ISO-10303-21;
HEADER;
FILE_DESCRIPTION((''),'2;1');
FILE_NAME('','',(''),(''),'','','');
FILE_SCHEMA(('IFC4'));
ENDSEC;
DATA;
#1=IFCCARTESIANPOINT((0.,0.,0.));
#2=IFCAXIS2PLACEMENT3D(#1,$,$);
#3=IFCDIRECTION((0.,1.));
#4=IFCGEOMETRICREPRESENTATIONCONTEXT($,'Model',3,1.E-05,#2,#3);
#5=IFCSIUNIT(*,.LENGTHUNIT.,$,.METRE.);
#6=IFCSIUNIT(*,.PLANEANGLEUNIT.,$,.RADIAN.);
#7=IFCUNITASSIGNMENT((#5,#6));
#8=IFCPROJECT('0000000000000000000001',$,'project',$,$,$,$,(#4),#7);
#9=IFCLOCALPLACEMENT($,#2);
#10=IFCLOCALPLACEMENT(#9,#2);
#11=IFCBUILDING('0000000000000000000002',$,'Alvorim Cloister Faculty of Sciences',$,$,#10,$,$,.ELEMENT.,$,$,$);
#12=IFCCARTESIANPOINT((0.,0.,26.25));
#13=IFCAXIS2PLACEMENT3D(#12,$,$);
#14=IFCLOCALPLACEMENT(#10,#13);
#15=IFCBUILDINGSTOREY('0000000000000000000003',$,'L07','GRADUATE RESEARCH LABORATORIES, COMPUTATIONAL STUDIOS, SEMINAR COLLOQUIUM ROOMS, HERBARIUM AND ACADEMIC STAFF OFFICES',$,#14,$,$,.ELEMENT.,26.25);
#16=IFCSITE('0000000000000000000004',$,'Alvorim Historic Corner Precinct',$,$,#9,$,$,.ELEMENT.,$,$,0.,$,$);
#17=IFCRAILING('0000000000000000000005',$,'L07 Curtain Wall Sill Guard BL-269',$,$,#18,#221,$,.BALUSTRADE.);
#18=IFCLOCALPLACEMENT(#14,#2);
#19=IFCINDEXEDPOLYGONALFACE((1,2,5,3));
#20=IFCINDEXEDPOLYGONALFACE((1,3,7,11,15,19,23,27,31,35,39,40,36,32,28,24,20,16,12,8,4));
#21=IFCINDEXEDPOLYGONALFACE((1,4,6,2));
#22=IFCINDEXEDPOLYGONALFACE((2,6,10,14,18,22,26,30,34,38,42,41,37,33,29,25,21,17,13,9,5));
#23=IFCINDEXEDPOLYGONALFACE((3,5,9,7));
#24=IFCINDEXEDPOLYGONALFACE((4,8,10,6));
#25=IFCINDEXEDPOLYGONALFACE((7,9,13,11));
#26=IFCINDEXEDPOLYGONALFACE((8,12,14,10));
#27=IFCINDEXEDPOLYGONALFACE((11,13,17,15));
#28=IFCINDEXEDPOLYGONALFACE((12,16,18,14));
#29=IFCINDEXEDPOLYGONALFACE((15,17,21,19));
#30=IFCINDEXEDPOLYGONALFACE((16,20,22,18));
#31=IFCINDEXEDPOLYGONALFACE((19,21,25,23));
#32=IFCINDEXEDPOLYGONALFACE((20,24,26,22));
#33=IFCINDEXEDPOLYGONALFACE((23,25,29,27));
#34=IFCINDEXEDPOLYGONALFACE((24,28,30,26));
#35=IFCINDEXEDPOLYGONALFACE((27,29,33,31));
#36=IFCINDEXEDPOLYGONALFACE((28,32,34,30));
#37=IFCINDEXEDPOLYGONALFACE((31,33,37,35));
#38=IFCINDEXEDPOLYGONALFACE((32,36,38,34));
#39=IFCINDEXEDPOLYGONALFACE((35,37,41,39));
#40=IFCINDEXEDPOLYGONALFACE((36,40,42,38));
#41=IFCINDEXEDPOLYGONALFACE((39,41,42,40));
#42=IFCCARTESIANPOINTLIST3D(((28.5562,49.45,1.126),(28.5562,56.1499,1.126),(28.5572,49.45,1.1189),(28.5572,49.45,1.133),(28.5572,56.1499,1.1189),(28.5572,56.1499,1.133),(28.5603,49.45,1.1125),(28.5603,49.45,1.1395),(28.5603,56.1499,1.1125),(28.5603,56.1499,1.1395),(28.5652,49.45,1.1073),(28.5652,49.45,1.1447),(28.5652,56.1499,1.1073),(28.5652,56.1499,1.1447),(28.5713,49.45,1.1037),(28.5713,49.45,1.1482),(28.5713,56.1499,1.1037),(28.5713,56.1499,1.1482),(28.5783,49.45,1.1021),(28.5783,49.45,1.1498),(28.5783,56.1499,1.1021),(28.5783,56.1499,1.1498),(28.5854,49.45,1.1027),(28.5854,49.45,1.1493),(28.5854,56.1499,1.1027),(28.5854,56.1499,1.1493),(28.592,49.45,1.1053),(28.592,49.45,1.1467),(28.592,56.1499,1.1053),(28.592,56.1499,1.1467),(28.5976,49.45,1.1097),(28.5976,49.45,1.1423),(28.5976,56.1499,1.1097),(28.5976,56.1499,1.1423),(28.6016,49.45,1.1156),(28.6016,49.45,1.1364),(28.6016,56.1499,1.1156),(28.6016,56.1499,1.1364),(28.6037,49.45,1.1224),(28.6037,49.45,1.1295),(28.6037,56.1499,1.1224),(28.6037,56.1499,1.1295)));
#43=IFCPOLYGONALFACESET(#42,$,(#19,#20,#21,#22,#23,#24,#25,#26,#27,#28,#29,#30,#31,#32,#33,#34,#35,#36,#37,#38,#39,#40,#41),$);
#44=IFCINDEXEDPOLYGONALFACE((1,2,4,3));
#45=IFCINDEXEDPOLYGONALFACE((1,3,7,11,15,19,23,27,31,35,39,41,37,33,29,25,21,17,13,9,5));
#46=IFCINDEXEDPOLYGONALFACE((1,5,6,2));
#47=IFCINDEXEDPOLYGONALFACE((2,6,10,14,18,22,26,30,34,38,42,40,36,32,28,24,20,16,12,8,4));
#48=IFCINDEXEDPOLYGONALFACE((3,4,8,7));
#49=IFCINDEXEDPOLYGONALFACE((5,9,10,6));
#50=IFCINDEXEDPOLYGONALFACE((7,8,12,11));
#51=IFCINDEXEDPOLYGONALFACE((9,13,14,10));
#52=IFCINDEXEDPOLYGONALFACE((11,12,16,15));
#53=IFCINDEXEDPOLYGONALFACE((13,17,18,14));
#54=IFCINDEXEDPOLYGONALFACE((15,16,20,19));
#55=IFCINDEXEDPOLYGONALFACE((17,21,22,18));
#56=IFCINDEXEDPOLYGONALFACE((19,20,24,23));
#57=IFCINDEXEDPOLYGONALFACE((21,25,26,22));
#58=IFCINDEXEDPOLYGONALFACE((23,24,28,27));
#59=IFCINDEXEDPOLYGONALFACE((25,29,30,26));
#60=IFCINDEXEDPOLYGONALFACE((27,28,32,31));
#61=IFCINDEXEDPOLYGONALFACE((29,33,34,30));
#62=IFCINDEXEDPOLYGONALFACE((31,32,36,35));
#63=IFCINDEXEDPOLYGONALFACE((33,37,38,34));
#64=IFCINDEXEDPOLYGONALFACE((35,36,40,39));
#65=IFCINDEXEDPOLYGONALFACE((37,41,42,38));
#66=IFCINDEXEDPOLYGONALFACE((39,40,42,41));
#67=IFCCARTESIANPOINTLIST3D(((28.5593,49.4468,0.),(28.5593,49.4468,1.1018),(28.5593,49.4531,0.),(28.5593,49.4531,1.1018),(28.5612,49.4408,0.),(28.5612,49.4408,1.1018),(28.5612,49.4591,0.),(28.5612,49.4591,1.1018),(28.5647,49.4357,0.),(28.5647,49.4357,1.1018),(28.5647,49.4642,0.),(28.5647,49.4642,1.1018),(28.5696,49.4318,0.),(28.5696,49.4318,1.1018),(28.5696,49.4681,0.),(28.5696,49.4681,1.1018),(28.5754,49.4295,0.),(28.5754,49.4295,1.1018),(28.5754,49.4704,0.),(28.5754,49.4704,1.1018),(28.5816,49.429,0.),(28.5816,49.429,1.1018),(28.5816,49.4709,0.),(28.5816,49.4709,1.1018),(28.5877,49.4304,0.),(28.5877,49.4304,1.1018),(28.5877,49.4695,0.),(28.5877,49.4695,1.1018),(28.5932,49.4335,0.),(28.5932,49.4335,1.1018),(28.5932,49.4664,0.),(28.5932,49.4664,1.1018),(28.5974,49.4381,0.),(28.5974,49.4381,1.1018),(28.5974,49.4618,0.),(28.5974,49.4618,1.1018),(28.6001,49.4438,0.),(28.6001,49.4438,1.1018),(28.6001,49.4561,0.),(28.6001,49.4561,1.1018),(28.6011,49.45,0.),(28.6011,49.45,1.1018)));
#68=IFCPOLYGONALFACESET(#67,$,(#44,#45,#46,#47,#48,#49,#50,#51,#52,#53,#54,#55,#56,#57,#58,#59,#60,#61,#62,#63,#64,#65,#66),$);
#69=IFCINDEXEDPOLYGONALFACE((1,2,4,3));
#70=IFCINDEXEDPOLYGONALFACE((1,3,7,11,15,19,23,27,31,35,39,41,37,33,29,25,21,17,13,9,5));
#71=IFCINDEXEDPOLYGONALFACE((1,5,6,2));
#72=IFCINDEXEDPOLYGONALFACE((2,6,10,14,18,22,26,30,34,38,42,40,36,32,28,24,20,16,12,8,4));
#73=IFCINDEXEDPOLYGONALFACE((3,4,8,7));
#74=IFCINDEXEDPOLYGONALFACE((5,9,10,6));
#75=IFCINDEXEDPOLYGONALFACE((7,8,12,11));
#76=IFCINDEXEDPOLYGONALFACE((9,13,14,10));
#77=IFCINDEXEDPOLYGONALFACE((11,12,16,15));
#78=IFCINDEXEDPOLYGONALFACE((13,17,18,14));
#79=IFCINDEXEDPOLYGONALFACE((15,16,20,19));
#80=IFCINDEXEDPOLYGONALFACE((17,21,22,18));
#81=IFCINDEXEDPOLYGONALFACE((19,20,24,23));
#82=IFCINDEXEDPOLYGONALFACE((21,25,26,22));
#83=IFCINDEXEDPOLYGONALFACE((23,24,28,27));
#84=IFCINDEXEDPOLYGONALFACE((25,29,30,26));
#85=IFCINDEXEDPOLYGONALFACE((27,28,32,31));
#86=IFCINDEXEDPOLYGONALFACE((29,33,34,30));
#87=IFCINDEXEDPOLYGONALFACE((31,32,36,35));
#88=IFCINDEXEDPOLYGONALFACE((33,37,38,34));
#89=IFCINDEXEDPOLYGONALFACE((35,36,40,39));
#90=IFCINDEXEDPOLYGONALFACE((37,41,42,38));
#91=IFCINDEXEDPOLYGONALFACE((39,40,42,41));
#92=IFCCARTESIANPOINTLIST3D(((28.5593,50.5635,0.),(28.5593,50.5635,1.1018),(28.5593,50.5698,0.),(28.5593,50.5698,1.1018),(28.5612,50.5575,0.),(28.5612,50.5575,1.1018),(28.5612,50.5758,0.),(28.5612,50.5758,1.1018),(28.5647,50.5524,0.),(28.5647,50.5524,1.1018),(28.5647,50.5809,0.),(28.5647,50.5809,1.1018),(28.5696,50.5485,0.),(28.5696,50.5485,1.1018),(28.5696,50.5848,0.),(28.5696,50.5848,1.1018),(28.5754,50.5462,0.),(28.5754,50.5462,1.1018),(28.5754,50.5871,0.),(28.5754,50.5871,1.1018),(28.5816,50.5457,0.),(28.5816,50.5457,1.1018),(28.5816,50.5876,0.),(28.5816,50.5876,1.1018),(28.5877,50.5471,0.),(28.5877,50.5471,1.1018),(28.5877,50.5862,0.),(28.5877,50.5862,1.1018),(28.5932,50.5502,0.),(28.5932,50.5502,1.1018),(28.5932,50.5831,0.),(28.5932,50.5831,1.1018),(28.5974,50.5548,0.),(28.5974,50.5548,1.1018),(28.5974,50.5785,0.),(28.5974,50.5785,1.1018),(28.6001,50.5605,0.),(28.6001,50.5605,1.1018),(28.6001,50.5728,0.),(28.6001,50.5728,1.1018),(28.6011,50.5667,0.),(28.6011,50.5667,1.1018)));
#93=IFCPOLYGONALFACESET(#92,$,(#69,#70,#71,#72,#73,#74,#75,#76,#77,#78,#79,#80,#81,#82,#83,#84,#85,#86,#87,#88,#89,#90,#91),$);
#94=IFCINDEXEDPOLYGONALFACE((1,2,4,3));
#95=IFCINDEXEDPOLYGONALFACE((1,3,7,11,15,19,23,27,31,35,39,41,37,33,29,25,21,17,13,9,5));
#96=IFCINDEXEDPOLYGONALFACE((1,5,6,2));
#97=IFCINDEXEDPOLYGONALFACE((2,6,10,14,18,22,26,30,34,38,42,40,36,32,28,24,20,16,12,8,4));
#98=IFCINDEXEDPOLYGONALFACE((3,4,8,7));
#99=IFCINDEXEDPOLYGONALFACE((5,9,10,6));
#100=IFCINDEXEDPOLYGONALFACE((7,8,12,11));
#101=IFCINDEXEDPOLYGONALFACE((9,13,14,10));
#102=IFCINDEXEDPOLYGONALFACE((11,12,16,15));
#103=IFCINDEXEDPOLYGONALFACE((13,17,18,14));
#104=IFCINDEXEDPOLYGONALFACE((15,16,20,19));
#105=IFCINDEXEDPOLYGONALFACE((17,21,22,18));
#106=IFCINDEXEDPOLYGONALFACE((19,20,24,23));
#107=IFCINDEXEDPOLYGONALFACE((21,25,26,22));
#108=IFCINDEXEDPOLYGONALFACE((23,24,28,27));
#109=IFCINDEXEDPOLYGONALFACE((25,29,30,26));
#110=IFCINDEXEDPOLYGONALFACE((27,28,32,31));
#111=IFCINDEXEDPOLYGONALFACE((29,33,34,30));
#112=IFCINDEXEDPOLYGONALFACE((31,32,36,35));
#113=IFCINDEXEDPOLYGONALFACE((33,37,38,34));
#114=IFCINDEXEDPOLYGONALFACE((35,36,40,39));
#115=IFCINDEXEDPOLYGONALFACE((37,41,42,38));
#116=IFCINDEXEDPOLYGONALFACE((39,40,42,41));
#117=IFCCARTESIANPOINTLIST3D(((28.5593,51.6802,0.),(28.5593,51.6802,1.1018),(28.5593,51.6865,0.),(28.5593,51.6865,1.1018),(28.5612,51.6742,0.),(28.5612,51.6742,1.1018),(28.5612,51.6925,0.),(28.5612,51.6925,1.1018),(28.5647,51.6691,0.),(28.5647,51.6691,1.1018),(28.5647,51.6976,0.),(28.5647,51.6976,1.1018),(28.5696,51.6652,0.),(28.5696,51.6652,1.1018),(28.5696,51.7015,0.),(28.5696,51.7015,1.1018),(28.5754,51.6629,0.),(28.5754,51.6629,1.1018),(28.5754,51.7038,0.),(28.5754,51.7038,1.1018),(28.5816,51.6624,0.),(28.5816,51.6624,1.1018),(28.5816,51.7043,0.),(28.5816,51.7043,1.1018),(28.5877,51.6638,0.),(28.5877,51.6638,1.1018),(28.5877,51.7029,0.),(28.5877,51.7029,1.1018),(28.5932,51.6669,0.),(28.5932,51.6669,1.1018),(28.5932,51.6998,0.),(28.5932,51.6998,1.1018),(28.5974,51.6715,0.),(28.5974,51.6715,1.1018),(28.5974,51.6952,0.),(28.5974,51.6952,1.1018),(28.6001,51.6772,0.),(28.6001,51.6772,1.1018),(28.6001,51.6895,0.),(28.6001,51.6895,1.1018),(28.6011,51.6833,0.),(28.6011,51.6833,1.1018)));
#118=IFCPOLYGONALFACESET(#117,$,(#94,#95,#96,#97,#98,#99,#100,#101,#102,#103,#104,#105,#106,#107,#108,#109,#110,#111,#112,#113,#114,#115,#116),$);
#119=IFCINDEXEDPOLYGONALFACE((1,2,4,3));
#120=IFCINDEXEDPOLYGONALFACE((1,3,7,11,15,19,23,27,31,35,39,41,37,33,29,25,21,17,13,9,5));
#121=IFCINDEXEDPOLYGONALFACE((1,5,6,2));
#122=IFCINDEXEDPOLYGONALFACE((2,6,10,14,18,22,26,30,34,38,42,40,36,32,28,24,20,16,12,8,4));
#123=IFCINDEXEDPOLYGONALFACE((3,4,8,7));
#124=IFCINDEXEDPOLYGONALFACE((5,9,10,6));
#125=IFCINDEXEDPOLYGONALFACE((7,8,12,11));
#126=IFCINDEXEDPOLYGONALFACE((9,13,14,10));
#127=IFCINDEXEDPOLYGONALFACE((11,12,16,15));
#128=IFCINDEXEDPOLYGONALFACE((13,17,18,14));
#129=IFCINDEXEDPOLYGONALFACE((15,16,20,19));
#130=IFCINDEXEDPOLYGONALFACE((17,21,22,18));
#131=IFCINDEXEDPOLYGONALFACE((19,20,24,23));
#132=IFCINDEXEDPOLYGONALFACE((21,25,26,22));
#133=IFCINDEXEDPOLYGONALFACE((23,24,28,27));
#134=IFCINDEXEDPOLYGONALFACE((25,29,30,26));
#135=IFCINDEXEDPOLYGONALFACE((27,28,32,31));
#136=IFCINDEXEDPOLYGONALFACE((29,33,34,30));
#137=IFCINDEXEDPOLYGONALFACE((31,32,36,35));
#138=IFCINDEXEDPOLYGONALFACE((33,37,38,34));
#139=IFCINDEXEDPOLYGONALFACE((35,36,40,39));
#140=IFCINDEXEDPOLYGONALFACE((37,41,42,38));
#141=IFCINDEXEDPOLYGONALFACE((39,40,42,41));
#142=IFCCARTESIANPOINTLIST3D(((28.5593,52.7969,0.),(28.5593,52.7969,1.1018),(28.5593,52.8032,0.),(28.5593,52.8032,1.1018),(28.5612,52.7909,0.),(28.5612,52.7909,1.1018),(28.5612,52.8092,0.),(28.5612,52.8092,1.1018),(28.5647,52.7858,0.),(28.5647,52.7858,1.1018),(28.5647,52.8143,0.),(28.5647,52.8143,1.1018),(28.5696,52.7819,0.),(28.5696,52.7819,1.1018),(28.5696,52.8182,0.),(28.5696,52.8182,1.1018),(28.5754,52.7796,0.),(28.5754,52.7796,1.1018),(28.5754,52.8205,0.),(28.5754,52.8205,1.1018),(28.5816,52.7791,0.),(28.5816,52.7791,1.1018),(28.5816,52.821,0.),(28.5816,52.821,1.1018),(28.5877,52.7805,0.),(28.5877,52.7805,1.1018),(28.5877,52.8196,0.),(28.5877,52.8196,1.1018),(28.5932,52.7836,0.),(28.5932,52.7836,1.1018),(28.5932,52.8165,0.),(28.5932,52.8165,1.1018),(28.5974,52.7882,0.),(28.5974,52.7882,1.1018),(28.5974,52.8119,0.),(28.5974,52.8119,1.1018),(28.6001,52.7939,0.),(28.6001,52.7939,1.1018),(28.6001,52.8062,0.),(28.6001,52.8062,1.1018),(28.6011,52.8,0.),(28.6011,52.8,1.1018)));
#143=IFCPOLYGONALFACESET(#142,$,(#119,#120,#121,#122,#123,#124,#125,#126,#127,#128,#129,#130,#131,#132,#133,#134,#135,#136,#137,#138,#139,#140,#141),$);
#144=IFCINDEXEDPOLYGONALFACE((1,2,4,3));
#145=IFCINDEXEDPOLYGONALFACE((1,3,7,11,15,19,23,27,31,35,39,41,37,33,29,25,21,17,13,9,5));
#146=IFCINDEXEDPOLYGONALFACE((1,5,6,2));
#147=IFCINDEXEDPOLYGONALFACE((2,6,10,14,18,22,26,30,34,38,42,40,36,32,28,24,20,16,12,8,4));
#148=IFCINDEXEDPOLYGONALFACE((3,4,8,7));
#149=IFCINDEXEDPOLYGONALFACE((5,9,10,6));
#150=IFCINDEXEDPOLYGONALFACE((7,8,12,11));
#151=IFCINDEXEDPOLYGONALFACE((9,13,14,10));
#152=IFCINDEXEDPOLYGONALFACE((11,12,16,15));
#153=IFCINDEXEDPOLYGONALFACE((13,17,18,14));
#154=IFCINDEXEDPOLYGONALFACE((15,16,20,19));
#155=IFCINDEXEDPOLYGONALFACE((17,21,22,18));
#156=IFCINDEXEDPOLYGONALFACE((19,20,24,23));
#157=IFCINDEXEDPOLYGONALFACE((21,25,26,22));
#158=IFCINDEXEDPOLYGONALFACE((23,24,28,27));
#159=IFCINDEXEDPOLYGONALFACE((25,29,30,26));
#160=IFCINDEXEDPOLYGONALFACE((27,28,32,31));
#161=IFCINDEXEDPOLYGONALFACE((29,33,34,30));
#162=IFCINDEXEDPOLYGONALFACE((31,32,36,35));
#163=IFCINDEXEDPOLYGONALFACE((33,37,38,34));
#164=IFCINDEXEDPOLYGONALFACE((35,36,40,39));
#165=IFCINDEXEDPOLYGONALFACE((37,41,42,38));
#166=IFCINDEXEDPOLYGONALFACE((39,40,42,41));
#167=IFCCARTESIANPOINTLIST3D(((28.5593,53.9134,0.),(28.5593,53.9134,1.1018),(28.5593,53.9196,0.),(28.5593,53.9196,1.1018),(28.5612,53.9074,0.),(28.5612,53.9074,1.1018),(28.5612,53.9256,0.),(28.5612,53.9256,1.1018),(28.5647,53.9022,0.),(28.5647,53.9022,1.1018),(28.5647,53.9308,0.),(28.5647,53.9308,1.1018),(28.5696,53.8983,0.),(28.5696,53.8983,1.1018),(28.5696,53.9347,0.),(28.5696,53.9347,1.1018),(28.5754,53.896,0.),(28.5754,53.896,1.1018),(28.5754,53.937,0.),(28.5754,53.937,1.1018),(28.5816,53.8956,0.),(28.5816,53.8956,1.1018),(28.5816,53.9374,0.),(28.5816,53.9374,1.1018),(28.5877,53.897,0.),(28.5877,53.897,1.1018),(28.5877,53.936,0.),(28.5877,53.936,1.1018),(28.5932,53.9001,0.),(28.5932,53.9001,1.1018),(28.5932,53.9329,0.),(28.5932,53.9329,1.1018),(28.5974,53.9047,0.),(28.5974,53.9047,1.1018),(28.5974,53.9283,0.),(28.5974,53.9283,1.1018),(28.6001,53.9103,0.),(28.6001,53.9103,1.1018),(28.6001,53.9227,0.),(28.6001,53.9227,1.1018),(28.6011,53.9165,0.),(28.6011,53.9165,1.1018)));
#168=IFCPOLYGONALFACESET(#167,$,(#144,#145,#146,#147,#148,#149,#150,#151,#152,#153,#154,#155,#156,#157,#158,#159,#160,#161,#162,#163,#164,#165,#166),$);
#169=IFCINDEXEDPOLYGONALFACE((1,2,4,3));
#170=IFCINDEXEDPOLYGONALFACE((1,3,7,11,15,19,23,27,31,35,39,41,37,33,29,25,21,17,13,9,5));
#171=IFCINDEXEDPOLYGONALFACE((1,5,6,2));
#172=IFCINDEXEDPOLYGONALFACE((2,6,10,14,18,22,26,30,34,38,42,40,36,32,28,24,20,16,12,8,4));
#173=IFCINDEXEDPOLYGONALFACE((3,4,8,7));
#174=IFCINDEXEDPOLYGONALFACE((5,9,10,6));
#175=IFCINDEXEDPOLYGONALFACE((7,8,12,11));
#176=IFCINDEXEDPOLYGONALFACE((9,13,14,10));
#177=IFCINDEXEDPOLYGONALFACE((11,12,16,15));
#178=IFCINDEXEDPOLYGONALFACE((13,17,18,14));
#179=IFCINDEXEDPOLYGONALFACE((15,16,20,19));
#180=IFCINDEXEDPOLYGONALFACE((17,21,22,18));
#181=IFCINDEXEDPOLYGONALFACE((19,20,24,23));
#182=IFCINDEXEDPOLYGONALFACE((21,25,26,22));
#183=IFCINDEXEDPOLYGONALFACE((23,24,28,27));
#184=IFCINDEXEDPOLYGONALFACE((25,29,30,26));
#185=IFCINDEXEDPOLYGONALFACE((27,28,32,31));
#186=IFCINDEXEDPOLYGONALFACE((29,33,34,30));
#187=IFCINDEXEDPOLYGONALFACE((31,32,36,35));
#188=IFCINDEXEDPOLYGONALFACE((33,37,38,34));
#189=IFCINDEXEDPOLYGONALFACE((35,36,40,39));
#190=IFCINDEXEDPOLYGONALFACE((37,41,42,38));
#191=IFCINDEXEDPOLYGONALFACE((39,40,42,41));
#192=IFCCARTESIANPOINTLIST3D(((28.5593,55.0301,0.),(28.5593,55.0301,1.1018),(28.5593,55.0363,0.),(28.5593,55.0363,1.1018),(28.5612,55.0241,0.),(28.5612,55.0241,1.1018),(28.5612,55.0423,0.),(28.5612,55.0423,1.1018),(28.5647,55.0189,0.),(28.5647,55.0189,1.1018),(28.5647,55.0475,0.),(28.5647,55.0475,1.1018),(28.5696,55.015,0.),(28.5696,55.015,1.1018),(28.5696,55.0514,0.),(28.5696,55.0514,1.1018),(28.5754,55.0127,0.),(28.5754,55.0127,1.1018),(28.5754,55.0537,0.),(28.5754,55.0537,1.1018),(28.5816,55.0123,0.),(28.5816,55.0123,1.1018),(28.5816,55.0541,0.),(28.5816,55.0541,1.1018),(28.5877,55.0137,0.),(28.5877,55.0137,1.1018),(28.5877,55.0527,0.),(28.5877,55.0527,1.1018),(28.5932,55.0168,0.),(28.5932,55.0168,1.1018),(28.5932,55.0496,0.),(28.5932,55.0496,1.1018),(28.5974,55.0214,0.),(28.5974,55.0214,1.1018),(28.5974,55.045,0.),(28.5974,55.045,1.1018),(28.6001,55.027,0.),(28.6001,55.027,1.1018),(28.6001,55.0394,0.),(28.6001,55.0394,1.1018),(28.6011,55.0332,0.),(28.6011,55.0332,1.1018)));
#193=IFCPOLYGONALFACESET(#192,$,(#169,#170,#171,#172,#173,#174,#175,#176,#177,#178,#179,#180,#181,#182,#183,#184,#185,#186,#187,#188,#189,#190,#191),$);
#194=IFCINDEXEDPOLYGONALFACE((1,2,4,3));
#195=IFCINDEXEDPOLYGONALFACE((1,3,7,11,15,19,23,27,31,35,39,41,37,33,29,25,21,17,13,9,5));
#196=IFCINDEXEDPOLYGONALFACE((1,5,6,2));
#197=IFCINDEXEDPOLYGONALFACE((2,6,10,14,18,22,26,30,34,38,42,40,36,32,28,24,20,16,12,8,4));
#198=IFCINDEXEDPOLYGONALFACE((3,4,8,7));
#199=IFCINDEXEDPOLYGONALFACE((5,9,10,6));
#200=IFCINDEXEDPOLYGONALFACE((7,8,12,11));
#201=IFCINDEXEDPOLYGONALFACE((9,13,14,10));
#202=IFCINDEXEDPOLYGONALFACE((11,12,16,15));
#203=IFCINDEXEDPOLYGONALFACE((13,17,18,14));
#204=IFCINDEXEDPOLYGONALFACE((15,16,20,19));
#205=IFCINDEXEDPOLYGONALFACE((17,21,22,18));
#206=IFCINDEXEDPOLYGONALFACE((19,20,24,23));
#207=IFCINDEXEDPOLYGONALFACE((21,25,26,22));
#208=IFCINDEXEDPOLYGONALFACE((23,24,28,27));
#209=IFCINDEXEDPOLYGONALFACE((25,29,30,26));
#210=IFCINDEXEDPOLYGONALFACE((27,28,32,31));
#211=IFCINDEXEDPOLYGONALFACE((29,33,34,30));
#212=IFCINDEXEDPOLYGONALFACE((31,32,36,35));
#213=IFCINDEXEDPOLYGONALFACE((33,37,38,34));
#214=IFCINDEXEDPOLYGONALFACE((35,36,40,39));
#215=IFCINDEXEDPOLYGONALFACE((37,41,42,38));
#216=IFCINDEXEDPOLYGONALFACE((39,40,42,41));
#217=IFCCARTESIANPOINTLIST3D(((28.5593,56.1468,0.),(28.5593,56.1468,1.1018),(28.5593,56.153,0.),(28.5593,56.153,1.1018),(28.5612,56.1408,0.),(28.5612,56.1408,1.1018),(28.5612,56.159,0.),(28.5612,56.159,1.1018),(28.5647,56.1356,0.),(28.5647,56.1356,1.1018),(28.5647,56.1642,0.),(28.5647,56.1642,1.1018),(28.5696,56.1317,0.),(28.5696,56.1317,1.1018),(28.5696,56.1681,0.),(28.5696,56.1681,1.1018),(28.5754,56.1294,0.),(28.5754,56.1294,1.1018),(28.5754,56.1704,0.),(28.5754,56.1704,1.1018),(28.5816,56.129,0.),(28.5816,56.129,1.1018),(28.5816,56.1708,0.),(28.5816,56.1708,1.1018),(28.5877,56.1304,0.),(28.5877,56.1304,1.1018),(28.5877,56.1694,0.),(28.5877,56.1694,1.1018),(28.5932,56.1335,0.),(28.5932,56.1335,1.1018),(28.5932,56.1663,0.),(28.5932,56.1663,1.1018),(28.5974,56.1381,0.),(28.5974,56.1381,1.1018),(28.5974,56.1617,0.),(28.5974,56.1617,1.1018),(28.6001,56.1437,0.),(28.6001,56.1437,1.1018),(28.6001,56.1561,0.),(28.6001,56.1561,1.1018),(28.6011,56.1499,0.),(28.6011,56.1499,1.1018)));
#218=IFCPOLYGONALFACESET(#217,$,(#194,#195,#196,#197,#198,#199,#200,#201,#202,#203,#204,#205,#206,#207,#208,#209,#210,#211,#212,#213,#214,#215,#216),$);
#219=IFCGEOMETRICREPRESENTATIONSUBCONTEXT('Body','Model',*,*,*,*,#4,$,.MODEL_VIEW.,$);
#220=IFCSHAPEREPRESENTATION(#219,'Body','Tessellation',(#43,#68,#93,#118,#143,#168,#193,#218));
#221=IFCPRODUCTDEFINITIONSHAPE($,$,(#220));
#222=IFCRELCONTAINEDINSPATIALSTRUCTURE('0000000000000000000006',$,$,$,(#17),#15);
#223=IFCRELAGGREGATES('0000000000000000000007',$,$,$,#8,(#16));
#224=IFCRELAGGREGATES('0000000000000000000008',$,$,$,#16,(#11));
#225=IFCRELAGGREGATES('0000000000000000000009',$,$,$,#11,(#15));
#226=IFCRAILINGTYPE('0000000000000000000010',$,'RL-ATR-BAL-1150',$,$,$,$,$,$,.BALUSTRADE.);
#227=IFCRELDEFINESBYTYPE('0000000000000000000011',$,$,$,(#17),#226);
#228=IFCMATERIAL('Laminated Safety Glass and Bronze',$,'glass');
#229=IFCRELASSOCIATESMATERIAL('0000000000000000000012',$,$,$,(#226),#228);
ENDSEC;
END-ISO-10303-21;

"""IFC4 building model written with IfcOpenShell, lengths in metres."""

from ifc_helpers import new_model, si_unit, direction, frame, origin, origin_2d, place, context, subcontext, project, spatial, circle, extrude, material, type_object, element, save


model = new_model("IFC4")

# Units and contexts
model_context = context("Model", 3, precision=1e-05, world=origin(), true_north=direction((0.0, 1.0)))
body_context = subcontext(model_context, "Body", "Model", "MODEL_VIEW")
ifc_project = project(units=[si_unit("LENGTHUNIT", "METRE"), si_unit("PLANEANGLEUNIT", "RADIAN")], contexts=[model_context])

# Site, building, storey
site_placement = place(None, origin())
site = spatial("IfcSite", under=ifc_project, at=site_placement, Name="Alvorim Historic Corner Precinct", CompositionType="ELEMENT", RefElevation=0.0)
building_placement = place(site_placement, origin())
building = spatial("IfcBuilding", under=site, at=building_placement, Name="Alvorim Cloister Faculty of Sciences", CompositionType="ELEMENT")
storey_placement = place(building_placement, frame((0.0, 0.0, 26.25)))
storey = spatial("IfcBuildingStorey", under=building, at=storey_placement, Name="L07", Description="GRADUATE RESEARCH LABORATORIES, COMPUTATIONAL STUDIOS, SEMINAR COLLOQUIUM ROOMS, HERBARIUM AND ACADEMIC STAFF OFFICES", CompositionType="ELEMENT", Elevation=26.25)

# Railing
ifc_material_1 = material(Name="Laminated Safety Glass and Bronze", Category="glass")
railing_type_1 = type_object("IfcRailingType", Name="RL-ATR-BAL-1150", PredefinedType="BALUSTRADE", material=ifc_material_1)
railing_1_placement = place(storey_placement, frame((28.5801, 49.45, 0.0)))
element("IfcRailing", 1, at=railing_1_placement, inside=storey, type_object=railing_type_1, Name="L07 Curtain Wall Sill Guard BL-269", PredefinedType="BALUSTRADE", context=body_context, shape_type="SweptSolid", body=[
    extrude(circle(Radius=0.0239, at=origin_2d()), frame((0.0, 0.0, 1.126), z_axis=(0.0, 1.0, 0.0), x_axis=(-1.0, 0.0, 0.0)), (0.0, 0.0, 1.0), 6.7),
    extrude(circle(Radius=0.021, at=origin_2d()), origin(), (0.0, 0.0, 1.0), 1.1018),
    extrude(circle(Radius=0.021, at=origin_2d()), frame((0.0, 1.1167, 0.0)), (0.0, 0.0, 1.0), 1.1018),
    extrude(circle(Radius=0.021, at=origin_2d()), frame((0.0, 2.2334, 0.0)), (0.0, 0.0, 1.0), 1.1018),
    extrude(circle(Radius=0.021, at=origin_2d()), frame((0.0, 3.3501, 0.0)), (0.0, 0.0, 1.0), 1.1018),
    extrude(circle(Radius=0.021, at=origin_2d()), frame((0.0, 4.4666, 0.0)), (0.0, 0.0, 1.0), 1.1018),
    extrude(circle(Radius=0.021, at=origin_2d()), frame((0.0, 5.5833, 0.0)), (0.0, 0.0, 1.0), 1.1018),
    extrude(circle(Radius=0.021, at=origin_2d()), frame((0.0, 6.7, 0.0)), (0.0, 0.0, 1.0), 1.1018),
])

save(model, "model.ifc")
